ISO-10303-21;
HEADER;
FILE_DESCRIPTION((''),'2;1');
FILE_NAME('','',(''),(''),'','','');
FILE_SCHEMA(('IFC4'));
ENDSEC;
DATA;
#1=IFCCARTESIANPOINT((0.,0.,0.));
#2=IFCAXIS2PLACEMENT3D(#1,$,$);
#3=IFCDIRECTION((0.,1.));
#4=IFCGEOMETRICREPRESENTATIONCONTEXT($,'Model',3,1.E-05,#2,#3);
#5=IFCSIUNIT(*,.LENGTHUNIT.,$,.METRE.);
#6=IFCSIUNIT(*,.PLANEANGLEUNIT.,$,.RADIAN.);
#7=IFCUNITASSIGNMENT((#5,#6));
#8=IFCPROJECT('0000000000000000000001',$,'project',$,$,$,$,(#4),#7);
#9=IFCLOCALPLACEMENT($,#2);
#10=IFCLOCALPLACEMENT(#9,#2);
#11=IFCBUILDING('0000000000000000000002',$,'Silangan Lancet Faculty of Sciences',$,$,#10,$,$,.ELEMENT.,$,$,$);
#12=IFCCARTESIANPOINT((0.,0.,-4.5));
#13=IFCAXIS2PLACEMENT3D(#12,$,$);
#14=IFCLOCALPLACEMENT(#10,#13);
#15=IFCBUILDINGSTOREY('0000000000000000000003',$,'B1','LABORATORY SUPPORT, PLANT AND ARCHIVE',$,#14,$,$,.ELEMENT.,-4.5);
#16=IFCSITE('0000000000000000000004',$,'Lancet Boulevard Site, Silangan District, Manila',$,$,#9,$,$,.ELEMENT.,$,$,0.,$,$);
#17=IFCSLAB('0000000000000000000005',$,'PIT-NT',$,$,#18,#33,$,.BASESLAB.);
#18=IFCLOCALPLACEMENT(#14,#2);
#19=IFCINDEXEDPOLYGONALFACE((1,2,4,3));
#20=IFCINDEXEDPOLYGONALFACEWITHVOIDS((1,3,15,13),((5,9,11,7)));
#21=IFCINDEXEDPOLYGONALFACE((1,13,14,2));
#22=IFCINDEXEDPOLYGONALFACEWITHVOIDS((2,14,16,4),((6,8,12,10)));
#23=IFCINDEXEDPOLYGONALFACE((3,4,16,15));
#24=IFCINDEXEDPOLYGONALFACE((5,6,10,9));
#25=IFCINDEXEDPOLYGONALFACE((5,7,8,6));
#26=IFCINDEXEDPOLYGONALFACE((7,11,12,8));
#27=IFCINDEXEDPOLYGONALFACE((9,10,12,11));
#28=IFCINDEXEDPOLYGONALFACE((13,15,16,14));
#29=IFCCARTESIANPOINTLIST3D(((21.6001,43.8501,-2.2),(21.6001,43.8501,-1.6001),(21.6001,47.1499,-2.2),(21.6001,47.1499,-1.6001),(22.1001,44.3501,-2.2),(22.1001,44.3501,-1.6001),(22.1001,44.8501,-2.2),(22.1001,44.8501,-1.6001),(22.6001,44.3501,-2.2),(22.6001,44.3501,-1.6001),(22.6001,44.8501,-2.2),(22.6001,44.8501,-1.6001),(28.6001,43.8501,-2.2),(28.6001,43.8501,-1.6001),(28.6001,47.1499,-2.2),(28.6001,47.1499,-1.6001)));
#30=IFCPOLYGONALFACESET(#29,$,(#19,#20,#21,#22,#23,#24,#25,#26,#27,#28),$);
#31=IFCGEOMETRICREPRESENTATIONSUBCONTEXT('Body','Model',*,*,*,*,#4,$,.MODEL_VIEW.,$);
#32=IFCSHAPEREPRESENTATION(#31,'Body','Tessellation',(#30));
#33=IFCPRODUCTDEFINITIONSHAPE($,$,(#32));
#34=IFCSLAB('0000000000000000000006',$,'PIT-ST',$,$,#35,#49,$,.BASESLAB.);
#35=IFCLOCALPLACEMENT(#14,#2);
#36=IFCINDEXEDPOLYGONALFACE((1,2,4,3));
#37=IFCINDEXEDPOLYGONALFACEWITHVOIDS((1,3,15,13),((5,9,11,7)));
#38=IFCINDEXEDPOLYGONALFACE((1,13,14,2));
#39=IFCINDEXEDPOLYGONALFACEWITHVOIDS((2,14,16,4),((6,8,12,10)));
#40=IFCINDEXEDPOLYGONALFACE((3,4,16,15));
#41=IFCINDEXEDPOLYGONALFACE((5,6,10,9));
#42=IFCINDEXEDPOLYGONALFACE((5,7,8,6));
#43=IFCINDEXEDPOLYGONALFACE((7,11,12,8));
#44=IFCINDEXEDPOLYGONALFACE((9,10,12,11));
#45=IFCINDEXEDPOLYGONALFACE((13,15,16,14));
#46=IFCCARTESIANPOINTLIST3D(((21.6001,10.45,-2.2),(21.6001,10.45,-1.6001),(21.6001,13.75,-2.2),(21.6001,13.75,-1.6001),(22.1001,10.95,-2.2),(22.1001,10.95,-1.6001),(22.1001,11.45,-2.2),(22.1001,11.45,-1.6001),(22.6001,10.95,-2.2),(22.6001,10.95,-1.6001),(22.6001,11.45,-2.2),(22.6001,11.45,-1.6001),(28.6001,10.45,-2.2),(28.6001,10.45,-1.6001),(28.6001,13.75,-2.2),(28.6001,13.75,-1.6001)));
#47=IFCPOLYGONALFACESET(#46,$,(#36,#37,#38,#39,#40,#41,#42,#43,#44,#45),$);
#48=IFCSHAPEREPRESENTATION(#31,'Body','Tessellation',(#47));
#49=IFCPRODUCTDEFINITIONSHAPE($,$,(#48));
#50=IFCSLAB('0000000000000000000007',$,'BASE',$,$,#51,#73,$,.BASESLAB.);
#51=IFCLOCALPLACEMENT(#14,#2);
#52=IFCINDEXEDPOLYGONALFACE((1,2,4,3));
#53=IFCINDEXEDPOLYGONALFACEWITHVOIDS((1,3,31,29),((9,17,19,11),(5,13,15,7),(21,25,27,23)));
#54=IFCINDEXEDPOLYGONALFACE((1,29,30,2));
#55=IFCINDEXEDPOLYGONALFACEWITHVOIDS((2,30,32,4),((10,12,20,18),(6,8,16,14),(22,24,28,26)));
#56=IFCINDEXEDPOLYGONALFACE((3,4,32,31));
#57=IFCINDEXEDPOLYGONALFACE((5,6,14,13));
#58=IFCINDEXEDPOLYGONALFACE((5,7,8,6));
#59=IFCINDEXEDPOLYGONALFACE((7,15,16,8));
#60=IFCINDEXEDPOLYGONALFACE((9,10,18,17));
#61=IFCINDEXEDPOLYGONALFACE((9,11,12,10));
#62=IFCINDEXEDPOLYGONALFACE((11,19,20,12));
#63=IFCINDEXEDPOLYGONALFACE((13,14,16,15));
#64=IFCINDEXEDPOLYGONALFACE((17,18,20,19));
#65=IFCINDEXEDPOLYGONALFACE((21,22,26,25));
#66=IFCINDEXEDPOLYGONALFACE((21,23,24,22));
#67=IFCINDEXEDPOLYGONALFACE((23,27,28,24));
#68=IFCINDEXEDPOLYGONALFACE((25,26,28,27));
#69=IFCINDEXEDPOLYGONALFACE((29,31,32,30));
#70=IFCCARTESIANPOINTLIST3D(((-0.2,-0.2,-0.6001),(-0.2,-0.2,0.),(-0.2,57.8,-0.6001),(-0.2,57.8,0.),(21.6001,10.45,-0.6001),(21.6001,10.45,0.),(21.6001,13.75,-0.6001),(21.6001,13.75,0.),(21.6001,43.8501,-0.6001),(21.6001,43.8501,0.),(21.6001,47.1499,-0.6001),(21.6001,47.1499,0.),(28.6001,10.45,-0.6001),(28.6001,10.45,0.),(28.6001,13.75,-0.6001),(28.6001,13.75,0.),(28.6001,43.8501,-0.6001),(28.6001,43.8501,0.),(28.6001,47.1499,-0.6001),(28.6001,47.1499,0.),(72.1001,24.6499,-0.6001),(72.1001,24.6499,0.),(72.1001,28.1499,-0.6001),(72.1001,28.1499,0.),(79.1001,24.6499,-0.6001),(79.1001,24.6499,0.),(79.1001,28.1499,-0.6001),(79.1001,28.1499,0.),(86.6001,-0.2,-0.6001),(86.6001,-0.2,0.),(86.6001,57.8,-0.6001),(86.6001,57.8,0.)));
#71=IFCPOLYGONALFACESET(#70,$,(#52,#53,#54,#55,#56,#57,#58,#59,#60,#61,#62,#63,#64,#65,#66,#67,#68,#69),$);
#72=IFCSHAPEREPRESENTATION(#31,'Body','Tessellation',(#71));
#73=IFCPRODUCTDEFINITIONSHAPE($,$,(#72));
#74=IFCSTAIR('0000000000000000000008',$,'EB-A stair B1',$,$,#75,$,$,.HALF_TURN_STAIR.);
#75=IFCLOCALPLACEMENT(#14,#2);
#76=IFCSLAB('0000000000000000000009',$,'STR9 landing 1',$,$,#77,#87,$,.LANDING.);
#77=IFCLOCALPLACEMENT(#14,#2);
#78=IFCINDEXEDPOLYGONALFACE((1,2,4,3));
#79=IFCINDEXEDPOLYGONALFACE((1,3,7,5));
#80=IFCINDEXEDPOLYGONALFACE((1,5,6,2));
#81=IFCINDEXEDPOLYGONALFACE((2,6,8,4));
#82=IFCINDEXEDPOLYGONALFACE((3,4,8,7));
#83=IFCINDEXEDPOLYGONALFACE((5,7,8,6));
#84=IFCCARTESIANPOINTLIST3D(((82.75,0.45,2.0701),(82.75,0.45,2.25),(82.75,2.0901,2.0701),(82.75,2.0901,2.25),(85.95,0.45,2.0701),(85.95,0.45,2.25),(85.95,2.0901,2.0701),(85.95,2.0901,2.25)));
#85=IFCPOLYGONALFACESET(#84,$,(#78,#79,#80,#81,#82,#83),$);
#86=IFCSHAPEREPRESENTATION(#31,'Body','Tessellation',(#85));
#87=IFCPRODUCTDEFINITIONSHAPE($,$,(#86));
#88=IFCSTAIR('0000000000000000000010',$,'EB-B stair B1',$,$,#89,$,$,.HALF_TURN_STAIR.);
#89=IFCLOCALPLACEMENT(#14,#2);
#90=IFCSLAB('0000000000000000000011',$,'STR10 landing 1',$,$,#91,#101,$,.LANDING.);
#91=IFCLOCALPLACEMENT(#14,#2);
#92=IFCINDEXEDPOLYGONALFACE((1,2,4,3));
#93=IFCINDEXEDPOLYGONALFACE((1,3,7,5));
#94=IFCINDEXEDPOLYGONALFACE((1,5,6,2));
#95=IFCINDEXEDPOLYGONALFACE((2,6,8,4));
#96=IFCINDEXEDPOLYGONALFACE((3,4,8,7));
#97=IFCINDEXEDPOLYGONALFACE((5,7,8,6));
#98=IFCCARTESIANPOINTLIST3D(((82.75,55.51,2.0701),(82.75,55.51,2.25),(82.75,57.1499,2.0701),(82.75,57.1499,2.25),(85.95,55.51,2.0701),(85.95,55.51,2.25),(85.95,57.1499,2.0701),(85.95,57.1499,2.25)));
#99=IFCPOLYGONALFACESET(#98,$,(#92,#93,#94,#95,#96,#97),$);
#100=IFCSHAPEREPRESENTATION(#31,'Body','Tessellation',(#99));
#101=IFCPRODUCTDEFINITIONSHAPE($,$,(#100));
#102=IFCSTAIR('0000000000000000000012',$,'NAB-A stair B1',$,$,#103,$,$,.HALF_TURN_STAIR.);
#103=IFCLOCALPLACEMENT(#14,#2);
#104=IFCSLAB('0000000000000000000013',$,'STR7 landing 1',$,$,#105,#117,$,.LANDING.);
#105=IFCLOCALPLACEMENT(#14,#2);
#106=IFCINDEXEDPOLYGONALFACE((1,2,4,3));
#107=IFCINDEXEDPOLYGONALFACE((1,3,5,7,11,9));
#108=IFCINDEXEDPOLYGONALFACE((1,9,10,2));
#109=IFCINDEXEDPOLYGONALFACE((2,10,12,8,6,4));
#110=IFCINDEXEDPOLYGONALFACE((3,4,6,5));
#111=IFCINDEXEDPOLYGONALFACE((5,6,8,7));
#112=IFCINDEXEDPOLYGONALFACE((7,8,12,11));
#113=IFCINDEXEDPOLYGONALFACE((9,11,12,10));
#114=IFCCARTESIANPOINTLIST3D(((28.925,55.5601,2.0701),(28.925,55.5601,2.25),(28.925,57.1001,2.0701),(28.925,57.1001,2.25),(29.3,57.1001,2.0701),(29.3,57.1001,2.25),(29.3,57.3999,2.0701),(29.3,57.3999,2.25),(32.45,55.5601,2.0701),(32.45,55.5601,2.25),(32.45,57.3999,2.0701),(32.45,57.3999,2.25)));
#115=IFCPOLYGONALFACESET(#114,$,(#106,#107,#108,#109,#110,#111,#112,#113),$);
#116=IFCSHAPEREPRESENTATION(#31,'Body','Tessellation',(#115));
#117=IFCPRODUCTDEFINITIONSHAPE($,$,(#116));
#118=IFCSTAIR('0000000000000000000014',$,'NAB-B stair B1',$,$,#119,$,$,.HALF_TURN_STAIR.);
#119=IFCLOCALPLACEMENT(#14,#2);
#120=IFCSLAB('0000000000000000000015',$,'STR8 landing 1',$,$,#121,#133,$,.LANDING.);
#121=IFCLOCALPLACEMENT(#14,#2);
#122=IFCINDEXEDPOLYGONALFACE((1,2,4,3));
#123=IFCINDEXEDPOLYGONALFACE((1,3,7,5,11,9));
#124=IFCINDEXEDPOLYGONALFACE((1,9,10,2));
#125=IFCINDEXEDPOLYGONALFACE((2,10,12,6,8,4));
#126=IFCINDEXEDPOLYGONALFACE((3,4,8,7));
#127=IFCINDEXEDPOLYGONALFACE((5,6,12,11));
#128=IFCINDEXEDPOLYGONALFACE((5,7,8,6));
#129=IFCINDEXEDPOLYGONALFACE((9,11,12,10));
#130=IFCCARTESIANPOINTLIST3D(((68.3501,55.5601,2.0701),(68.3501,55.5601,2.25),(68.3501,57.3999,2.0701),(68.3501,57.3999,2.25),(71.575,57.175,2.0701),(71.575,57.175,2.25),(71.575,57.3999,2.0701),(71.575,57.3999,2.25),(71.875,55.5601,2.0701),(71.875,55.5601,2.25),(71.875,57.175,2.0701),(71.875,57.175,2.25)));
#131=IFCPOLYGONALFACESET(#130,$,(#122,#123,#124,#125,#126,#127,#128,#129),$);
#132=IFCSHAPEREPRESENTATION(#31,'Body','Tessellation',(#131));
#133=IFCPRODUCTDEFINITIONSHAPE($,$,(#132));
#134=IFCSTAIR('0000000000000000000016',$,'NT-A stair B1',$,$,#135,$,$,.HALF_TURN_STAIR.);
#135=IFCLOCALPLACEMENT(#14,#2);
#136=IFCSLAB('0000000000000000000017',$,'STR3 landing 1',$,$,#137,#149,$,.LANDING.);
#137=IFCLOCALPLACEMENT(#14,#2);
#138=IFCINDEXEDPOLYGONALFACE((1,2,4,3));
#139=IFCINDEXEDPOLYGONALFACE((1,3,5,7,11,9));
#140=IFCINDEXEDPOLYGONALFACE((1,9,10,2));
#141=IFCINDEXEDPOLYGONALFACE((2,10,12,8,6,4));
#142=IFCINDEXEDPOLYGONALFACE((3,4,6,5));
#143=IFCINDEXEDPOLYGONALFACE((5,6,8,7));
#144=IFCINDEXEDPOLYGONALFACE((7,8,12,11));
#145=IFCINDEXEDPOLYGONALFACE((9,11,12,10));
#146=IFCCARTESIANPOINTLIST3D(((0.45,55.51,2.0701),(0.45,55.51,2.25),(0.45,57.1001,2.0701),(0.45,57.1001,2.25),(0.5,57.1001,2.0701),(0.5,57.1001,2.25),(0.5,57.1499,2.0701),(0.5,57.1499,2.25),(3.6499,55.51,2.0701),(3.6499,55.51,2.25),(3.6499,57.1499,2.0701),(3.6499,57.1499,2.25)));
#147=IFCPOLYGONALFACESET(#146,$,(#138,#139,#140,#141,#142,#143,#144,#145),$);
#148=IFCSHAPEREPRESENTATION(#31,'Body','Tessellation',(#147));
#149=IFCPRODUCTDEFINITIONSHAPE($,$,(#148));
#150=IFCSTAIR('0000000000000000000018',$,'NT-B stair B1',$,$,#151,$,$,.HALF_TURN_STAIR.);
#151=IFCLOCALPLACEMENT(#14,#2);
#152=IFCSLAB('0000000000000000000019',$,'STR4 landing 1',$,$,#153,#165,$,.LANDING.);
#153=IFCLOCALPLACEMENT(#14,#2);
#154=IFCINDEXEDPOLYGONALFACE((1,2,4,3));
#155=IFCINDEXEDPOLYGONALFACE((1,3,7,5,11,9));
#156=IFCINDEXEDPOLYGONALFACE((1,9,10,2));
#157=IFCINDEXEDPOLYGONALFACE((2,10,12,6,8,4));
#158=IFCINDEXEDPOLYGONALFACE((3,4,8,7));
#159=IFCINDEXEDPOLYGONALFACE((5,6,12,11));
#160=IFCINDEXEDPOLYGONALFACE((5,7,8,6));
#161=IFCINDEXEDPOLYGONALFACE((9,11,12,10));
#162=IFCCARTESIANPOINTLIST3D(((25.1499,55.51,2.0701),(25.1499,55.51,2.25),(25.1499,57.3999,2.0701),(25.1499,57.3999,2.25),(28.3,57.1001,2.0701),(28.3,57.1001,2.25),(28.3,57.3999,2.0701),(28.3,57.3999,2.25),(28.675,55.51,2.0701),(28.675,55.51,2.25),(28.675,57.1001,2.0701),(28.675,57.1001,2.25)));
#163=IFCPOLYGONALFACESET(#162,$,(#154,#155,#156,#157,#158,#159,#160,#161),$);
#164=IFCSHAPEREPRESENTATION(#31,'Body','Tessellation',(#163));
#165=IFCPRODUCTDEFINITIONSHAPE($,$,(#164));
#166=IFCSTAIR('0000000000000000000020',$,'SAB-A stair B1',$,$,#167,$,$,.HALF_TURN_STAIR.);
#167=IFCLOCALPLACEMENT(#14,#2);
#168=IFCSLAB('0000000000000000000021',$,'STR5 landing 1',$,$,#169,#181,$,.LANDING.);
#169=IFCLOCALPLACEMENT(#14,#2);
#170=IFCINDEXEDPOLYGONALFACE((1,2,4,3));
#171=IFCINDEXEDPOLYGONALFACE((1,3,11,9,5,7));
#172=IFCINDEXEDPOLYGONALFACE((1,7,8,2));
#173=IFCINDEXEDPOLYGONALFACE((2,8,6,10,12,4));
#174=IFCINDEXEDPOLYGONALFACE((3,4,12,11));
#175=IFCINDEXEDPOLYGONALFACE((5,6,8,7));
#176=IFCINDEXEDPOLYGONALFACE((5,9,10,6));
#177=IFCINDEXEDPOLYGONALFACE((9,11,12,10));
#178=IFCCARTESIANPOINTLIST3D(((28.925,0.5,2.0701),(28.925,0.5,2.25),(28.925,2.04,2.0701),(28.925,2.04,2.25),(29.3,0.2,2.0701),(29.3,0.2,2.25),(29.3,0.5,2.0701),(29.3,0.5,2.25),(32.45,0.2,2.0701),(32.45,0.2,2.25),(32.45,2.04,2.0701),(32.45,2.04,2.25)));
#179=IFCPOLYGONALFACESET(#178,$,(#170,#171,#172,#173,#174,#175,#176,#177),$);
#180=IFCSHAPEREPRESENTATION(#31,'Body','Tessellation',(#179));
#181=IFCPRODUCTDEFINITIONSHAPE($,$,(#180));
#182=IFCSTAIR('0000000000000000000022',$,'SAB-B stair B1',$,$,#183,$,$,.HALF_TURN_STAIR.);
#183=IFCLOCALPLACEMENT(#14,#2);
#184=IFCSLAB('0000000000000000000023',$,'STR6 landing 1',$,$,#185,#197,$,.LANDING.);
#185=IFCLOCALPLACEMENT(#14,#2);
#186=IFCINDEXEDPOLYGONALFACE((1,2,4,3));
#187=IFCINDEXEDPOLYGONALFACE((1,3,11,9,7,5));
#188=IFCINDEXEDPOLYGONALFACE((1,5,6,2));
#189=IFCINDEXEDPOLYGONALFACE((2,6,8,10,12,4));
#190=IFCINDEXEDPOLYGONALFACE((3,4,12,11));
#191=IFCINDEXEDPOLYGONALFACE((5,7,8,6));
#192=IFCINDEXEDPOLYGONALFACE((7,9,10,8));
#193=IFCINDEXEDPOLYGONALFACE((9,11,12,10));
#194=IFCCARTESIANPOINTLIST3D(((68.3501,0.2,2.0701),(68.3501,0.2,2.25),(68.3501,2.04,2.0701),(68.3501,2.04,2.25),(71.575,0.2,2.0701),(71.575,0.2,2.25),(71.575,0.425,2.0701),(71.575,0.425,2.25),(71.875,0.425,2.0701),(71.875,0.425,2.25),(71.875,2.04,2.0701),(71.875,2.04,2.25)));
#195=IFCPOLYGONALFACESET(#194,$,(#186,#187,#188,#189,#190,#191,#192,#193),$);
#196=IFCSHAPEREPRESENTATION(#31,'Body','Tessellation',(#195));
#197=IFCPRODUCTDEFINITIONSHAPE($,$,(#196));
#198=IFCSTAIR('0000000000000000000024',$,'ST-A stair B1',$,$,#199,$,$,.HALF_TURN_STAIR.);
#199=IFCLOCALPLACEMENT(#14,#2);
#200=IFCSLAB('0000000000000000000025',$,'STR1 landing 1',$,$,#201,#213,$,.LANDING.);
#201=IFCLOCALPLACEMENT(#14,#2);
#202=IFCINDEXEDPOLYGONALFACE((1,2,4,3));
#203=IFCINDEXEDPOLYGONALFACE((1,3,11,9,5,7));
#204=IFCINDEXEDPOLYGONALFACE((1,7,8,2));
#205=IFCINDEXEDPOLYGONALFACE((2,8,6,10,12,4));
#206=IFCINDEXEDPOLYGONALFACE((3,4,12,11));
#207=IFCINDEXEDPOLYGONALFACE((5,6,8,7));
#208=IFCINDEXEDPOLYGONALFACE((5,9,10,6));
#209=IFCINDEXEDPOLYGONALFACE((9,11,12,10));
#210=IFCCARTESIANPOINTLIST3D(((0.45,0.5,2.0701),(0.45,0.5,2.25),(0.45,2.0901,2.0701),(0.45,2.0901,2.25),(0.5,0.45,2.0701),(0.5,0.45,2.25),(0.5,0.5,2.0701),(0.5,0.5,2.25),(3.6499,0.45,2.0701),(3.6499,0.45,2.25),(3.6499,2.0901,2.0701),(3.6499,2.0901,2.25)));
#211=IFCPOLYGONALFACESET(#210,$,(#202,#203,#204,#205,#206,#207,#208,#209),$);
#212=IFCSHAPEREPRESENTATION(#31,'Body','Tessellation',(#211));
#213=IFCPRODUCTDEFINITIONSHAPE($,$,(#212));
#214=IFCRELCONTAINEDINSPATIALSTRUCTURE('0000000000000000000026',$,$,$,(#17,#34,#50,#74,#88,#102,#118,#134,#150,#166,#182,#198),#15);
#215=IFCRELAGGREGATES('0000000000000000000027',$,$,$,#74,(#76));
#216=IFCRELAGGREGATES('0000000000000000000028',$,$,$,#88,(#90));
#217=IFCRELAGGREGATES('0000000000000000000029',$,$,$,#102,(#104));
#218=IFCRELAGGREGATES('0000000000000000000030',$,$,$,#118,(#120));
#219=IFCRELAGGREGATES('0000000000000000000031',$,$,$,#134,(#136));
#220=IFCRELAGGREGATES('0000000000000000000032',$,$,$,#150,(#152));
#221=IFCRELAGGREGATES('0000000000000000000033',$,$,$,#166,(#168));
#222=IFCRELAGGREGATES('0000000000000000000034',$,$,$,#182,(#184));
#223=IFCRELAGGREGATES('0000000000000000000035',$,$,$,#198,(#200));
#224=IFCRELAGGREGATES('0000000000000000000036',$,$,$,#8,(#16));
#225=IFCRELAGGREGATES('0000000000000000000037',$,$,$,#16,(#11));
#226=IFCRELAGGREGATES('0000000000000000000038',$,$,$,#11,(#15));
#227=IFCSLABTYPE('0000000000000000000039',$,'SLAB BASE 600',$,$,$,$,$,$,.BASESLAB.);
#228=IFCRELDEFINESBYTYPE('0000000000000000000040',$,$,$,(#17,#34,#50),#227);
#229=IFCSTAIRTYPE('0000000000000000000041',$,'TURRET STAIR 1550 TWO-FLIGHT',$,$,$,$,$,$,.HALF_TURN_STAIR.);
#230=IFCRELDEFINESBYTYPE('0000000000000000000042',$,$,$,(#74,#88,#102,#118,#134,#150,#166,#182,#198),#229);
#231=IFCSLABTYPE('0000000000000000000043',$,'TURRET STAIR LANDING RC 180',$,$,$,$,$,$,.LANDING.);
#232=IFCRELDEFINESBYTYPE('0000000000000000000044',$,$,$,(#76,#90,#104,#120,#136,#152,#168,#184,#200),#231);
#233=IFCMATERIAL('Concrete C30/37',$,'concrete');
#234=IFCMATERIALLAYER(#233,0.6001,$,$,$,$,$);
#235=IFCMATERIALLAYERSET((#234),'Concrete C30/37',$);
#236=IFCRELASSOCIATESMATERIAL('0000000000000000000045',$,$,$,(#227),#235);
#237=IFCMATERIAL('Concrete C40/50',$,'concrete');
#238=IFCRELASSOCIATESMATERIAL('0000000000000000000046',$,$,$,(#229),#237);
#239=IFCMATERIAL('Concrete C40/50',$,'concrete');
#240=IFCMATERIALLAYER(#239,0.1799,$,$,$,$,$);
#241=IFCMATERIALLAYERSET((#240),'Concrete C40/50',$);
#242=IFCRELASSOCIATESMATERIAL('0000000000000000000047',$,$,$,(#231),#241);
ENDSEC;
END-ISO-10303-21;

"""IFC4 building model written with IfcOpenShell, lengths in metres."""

from ifc_helpers import new_model, si_unit, direction, frame, origin, place, context, subcontext, project, spatial, polyline, outline, extrude, material, layer, layer_set, type_object, element, aggregate, save


model = new_model("IFC4")

# Units and contexts
model_context = context("Model", 3, precision=1e-05, world=origin(), true_north=direction((0.0, 1.0)))
body_context = subcontext(model_context, "Body", "Model", "MODEL_VIEW")
ifc_project = project(units=[si_unit("LENGTHUNIT", "METRE"), si_unit("PLANEANGLEUNIT", "RADIAN")], contexts=[model_context])

# Site, building, storey
site_placement = place(None, origin())
site = spatial("IfcSite", under=ifc_project, at=site_placement, Name="Lancet Boulevard Site, Silangan District, Manila", CompositionType="ELEMENT", RefElevation=0.0)
building_placement = place(site_placement, origin())
building = spatial("IfcBuilding", under=site, at=building_placement, Name="Silangan Lancet Faculty of Sciences", CompositionType="ELEMENT")
storey_placement = place(building_placement, frame((0.0, 0.0, -4.5)))
storey = spatial("IfcBuildingStorey", under=building, at=storey_placement, Name="B1", Description="LABORATORY SUPPORT, PLANT AND ARCHIVE", CompositionType="ELEMENT", Elevation=-4.5)

# Slabs
ifc_material_1 = material(Name="Concrete C30/37", Category="concrete")
ifc_layer_1 = layer(ifc_material_1, 0.6001)
ifc_layer_set_1 = layer_set([ifc_layer_1], Name="Concrete C30/37")
slab_type_1 = type_object("IfcSlabType", Name="SLAB BASE 600", PredefinedType="BASESLAB", material=ifc_layer_set_1)
slab_1_placement = place(storey_placement, frame((0.0, 0.0, -2.2)))
element("IfcSlab", 1, at=slab_1_placement, inside=storey, type_object=slab_type_1, Name="PIT-NT", PredefinedType="BASESLAB", context=body_context, shape_type="SweptSolid", body=[
    extrude(outline(polyline([(21.6001, 43.8501), (28.6001, 43.8501), (28.6001, 47.1499), (21.6001, 47.1499), (21.6001, 43.8501)]), holes=[polyline([(22.1001, 44.3501), (22.1001, 44.8501), (22.6001, 44.8501), (22.6001, 44.3501), (22.1001, 44.3501)])]), origin(), (0.0, 0.0, 1.0), 0.5999),
])
slab_2_placement = place(storey_placement, frame((0.0, 0.0, -2.2)))
element("IfcSlab", 2, at=slab_2_placement, inside=storey, type_object=slab_type_1, Name="PIT-ST", PredefinedType="BASESLAB", context=body_context, shape_type="SweptSolid", body=[
    extrude(outline(polyline([(21.6001, 10.45), (28.6001, 10.45), (28.6001, 13.75), (21.6001, 13.75), (21.6001, 10.45)]), holes=[polyline([(22.1001, 10.95), (22.1001, 11.45), (22.6001, 11.45), (22.6001, 10.95), (22.1001, 10.95)])]), origin(), (0.0, 0.0, 1.0), 0.5999),
])
slab_3_placement = place(storey_placement, frame((0.0, 0.0, -0.6001)))
element("IfcSlab", 3, at=slab_3_placement, inside=storey, type_object=slab_type_1, Name="BASE", PredefinedType="BASESLAB", context=body_context, shape_type="SweptSolid", body=[
    extrude(outline(polyline([(-0.2, -0.2), (86.6001, -0.2), (86.6001, 57.8), (-0.2, 57.8), (-0.2, -0.2)]), holes=[polyline([(28.6001, 10.45), (21.6001, 10.45), (21.6001, 13.75), (28.6001, 13.75), (28.6001, 10.45)]), polyline([(72.1001, 24.6499), (72.1001, 28.1499), (79.1001, 28.1499), (79.1001, 24.6499), (72.1001, 24.6499)]), polyline([(21.6001, 43.8501), (21.6001, 47.1499), (28.6001, 47.1499), (28.6001, 43.8501), (21.6001, 43.8501)])]), origin(), (0.0, 0.0, 1.0), 0.6001),
])

# Stairs, slabs
ifc_material_2 = material(Name="Concrete C40/50", Category="concrete")
stair_type = type_object("IfcStairType", Name="TURRET STAIR 1550 TWO-FLIGHT", PredefinedType="HALF_TURN_STAIR", material=ifc_material_2)
stair_1_placement = place(storey_placement, origin())
stair_1 = element("IfcStair", 4, at=stair_1_placement, inside=storey, type_object=stair_type, Name="EB-A stair B1", PredefinedType="HALF_TURN_STAIR")
ifc_material_3 = material(Name="Concrete C40/50", Category="concrete")
ifc_layer_2 = layer(ifc_material_3, 0.1799)
ifc_layer_set_2 = layer_set([ifc_layer_2], Name="Concrete C40/50")
slab_type_2 = type_object("IfcSlabType", Name="TURRET STAIR LANDING RC 180", PredefinedType="LANDING", material=ifc_layer_set_2)
slab_4_placement = place(storey_placement, frame((0.0, 0.0, 2.0701)))
slab_4 = element("IfcSlab", 5, at=slab_4_placement, type_object=slab_type_2, Name="STR9 landing 1", PredefinedType="LANDING", context=body_context, shape_type="SweptSolid", body=[
    extrude(outline(polyline([(85.95, 0.45), (82.75, 0.45), (82.75, 2.0901), (85.95, 2.0901), (85.95, 0.45)])), origin(), (0.0, 0.0, 1.0), 0.1799),
])
aggregate(stair_1, [slab_4])
stair_2_placement = place(storey_placement, origin())
stair_2 = element("IfcStair", 6, at=stair_2_placement, inside=storey, type_object=stair_type, Name="EB-B stair B1", PredefinedType="HALF_TURN_STAIR")
slab_5_placement = place(storey_placement, frame((0.0, 0.0, 2.0701)))
slab_5 = element("IfcSlab", 7, at=slab_5_placement, type_object=slab_type_2, Name="STR10 landing 1", PredefinedType="LANDING", context=body_context, shape_type="SweptSolid", body=[
    extrude(outline(polyline([(85.95, 57.1499), (85.95, 55.51), (82.75, 55.51), (82.75, 57.1499), (85.95, 57.1499)])), origin(), (0.0, 0.0, 1.0), 0.1799),
])
aggregate(stair_2, [slab_5])
stair_3_placement = place(storey_placement, origin())
stair_3 = element("IfcStair", 8, at=stair_3_placement, inside=storey, type_object=stair_type, Name="NAB-A stair B1", PredefinedType="HALF_TURN_STAIR")
slab_6_placement = place(storey_placement, frame((0.0, 0.0, 2.0701)))
slab_6 = element("IfcSlab", 9, at=slab_6_placement, type_object=slab_type_2, Name="STR7 landing 1", PredefinedType="LANDING", context=body_context, shape_type="SweptSolid", body=[
    extrude(outline(polyline([(28.925, 55.5601), (28.925, 57.1001), (29.3, 57.1001), (29.3, 57.3999), (32.45, 57.3999), (32.45, 55.5601), (28.925, 55.5601)])), origin(), (0.0, 0.0, 1.0), 0.1799),
])
aggregate(stair_3, [slab_6])
stair_4_placement = place(storey_placement, origin())
stair_4 = element("IfcStair", 10, at=stair_4_placement, inside=storey, type_object=stair_type, Name="NAB-B stair B1", PredefinedType="HALF_TURN_STAIR")
slab_7_placement = place(storey_placement, frame((0.0, 0.0, 2.0701)))
slab_7 = element("IfcSlab", 11, at=slab_7_placement, type_object=slab_type_2, Name="STR8 landing 1", PredefinedType="LANDING", context=body_context, shape_type="SweptSolid", body=[
    extrude(outline(polyline([(71.875, 57.175), (71.875, 55.5601), (68.3501, 55.5601), (68.3501, 57.3999), (71.575, 57.3999), (71.575, 57.175), (71.875, 57.175)])), origin(), (0.0, 0.0, 1.0), 0.1799),
])
aggregate(stair_4, [slab_7])
stair_5_placement = place(storey_placement, origin())
stair_5 = element("IfcStair", 12, at=stair_5_placement, inside=storey, type_object=stair_type, Name="NT-A stair B1", PredefinedType="HALF_TURN_STAIR")
slab_8_placement = place(storey_placement, frame((0.0, 0.0, 2.0701)))
slab_8 = element("IfcSlab", 13, at=slab_8_placement, type_object=slab_type_2, Name="STR3 landing 1", PredefinedType="LANDING", context=body_context, shape_type="SweptSolid", body=[
    extrude(outline(polyline([(0.45, 55.51), (0.45, 57.1001), (0.5, 57.1001), (0.5, 57.1499), (3.6499, 57.1499), (3.6499, 55.51), (0.45, 55.51)])), origin(), (0.0, 0.0, 1.0), 0.1799),
])
aggregate(stair_5, [slab_8])
stair_6_placement = place(storey_placement, origin())
stair_6 = element("IfcStair", 14, at=stair_6_placement, inside=storey, type_object=stair_type, Name="NT-B stair B1", PredefinedType="HALF_TURN_STAIR")
slab_9_placement = place(storey_placement, frame((0.0, 0.0, 2.0701)))
slab_9 = element("IfcSlab", 15, at=slab_9_placement, type_object=slab_type_2, Name="STR4 landing 1", PredefinedType="LANDING", context=body_context, shape_type="SweptSolid", body=[
    extrude(outline(polyline([(28.675, 57.1001), (28.675, 55.51), (25.1499, 55.51), (25.1499, 57.3999), (28.3, 57.3999), (28.3, 57.1001), (28.675, 57.1001)])), origin(), (0.0, 0.0, 1.0), 0.1799),
])
aggregate(stair_6, [slab_9])
stair_7_placement = place(storey_placement, origin())
stair_7 = element("IfcStair", 16, at=stair_7_placement, inside=storey, type_object=stair_type, Name="SAB-A stair B1", PredefinedType="HALF_TURN_STAIR")
slab_10_placement = place(storey_placement, frame((0.0, 0.0, 2.0701)))
slab_10 = element("IfcSlab", 17, at=slab_10_placement, type_object=slab_type_2, Name="STR5 landing 1", PredefinedType="LANDING", context=body_context, shape_type="SweptSolid", body=[
    extrude(outline(polyline([(28.925, 0.5), (28.925, 2.04), (32.45, 2.04), (32.45, 0.2), (29.3, 0.2), (29.3, 0.5), (28.925, 0.5)])), origin(), (0.0, 0.0, 1.0), 0.1799),
])
aggregate(stair_7, [slab_10])
stair_8_placement = place(storey_placement, origin())
stair_8 = element("IfcStair", 18, at=stair_8_placement, inside=storey, type_object=stair_type, Name="SAB-B stair B1", PredefinedType="HALF_TURN_STAIR")
slab_11_placement = place(storey_placement, frame((0.0, 0.0, 2.0701)))
slab_11 = element("IfcSlab", 19, at=slab_11_placement, type_object=slab_type_2, Name="STR6 landing 1", PredefinedType="LANDING", context=body_context, shape_type="SweptSolid", body=[
    extrude(outline(polyline([(68.3501, 0.2), (68.3501, 2.04), (71.875, 2.04), (71.875, 0.425), (71.575, 0.425), (71.575, 0.2), (68.3501, 0.2)])), origin(), (0.0, 0.0, 1.0), 0.1799),
])
aggregate(stair_8, [slab_11])
stair_9_placement = place(storey_placement, origin())
stair_9 = element("IfcStair", 20, at=stair_9_placement, inside=storey, type_object=stair_type, Name="ST-A stair B1", PredefinedType="HALF_TURN_STAIR")
slab_12_placement = place(storey_placement, frame((0.0, 0.0, 2.0701)))
slab_12 = element("IfcSlab", 21, at=slab_12_placement, type_object=slab_type_2, Name="STR1 landing 1", PredefinedType="LANDING", context=body_context, shape_type="SweptSolid", body=[
    extrude(outline(polyline([(3.6499, 0.45), (0.5, 0.45), (0.5, 0.5), (0.45, 0.5), (0.45, 2.0901), (3.6499, 2.0901), (3.6499, 0.45)])), origin(), (0.0, 0.0, 1.0), 0.1799),
])
aggregate(stair_9, [slab_12])

save(model, "model.ifc")
